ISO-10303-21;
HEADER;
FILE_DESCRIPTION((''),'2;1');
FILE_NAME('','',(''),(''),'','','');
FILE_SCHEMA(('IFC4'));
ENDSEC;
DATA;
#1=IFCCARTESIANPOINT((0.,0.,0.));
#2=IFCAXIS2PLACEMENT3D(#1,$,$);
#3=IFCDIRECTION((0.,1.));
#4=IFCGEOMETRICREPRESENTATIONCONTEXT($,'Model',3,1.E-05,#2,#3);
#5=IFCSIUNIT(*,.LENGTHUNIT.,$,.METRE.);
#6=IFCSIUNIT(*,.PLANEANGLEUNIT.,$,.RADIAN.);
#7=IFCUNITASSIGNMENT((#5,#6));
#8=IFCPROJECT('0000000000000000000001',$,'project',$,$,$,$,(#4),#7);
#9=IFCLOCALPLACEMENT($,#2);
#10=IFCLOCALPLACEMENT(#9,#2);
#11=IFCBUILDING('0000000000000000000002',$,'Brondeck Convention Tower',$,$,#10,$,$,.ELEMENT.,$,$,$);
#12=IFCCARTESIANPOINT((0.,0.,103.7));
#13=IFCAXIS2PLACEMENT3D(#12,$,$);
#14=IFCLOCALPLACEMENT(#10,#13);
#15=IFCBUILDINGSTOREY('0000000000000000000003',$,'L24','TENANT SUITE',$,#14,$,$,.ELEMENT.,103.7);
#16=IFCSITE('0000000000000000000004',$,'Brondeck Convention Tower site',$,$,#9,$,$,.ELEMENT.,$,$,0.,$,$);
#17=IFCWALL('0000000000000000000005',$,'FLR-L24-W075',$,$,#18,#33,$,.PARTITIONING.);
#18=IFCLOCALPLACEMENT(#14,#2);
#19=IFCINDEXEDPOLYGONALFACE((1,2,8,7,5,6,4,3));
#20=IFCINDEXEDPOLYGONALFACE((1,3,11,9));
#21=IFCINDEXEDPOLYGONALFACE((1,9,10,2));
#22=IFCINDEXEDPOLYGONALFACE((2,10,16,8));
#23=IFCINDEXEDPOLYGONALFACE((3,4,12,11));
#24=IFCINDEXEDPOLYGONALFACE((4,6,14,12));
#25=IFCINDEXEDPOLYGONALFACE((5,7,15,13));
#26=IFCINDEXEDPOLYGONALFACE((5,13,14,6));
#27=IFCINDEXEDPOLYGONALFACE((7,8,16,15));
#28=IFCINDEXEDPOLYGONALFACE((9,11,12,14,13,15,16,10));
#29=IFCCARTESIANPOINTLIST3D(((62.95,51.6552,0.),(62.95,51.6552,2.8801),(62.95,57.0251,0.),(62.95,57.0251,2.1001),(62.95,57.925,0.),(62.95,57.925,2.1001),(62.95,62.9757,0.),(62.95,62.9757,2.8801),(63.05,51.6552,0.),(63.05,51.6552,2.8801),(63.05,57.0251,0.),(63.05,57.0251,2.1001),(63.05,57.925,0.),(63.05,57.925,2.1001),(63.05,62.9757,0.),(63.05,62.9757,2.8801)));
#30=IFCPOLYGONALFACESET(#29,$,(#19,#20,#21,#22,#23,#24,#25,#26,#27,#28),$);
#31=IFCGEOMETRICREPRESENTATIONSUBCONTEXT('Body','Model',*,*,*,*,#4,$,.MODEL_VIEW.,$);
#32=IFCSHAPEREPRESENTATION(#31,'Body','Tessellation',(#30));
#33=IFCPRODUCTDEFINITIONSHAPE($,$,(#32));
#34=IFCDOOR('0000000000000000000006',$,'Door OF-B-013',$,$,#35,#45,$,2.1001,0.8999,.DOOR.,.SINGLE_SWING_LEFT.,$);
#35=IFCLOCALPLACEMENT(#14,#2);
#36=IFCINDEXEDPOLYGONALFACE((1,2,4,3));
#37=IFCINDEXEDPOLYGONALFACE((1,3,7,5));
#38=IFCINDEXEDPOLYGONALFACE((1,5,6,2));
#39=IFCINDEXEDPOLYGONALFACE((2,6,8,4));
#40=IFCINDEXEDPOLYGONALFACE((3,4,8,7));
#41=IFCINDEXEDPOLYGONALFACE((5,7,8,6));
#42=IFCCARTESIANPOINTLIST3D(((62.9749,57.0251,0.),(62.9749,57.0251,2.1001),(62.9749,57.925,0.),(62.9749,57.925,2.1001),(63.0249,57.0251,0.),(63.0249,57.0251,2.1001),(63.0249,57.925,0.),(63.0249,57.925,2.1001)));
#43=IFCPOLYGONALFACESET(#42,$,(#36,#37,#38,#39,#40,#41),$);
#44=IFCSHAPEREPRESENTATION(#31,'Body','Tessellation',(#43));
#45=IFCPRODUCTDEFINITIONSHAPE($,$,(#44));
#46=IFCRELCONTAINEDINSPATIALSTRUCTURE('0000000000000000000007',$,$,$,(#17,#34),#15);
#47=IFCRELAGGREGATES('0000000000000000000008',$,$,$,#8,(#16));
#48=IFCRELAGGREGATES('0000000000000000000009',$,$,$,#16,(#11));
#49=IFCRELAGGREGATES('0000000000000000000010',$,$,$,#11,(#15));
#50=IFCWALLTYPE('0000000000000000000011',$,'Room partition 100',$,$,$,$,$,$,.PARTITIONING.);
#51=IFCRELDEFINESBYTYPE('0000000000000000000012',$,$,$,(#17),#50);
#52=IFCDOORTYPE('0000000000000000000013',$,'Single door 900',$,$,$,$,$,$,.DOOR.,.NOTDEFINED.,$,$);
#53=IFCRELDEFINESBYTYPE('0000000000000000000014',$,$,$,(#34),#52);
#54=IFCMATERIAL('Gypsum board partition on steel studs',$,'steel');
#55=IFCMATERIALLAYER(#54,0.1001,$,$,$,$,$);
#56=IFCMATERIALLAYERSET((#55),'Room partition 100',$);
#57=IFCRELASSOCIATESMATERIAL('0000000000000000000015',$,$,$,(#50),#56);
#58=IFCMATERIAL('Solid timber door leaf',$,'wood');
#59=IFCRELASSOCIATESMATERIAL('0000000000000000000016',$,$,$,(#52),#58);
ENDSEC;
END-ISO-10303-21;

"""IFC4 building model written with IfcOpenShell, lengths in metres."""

from ifc_helpers import new_model, si_unit, direction, frame, frame_2d, origin, place, context, subcontext, project, spatial, rectangle, extrude, material, layer, layer_set, type_object, element, fill, save


model = new_model("IFC4")

# Units and contexts
model_context = context("Model", 3, precision=1e-05, world=origin(), true_north=direction((0.0, 1.0)))
body_context = subcontext(model_context, "Body", "Model", "MODEL_VIEW")
ifc_project = project(units=[si_unit("LENGTHUNIT", "METRE"), si_unit("PLANEANGLEUNIT", "RADIAN")], contexts=[model_context])

# Site, building, storey
site_placement = place(None, origin())
site = spatial("IfcSite", under=ifc_project, at=site_placement, Name="Brondeck Convention Tower site", CompositionType="ELEMENT", RefElevation=0.0)
building_placement = place(site_placement, origin())
building = spatial("IfcBuilding", under=site, at=building_placement, Name="Brondeck Convention Tower", CompositionType="ELEMENT")
storey_placement = place(building_placement, frame((0.0, 0.0, 103.7)))
storey = spatial("IfcBuildingStorey", under=building, at=storey_placement, Name="L24", Description="TENANT SUITE", CompositionType="ELEMENT", Elevation=103.7)

# Wall, opening, door
ifc_material_1 = material(Name="Gypsum board partition on steel studs", Category="steel")
ifc_layer_1 = layer(ifc_material_1, 0.1001)
ifc_layer_set_1 = layer_set([ifc_layer_1], Name="Room partition 100")
wall_type_1 = type_object("IfcWallType", Name="Room partition 100", PredefinedType="PARTITIONING", material=ifc_layer_set_1)
wall_1_placement = place(storey_placement, frame((63.0, 62.9756, 0.0), z_axis=(0.0, 0.0, 1.0), x_axis=(0.0, -1.0, 0.0)))
wall_1 = element("IfcWall", 1, at=wall_1_placement, inside=storey, type_object=wall_type_1, Name="FLR-L24-W075", PredefinedType="PARTITIONING", context=body_context, shape_type="SweptSolid", body=[
    extrude(rectangle(XDim=11.3206, YDim=0.1001, at=frame_2d((5.6602, 0.0))), origin(), (0.0, 0.0, 1.0), 2.8801),
])
opening_1_placement = place(wall_1_placement, frame((5.0505, 0.0, 0.0)))
opening_1 = element("IfcOpeningElement", 2, at=opening_1_placement, cuts=wall_1, PredefinedType="OPENING", context=body_context, shape_type="SweptSolid", body=[
    extrude(rectangle(XDim=0.8999, YDim=2.1001, at=frame_2d((0.45, 1.05))), frame((0.0, 0.0601, 0.0), z_axis=(0.0, -1.0, 0.0), x_axis=(1.0, 0.0, 0.0)), (0.0, 0.0, 1.0), 0.1201),
])
ifc_material_2 = material(Name="Solid timber door leaf", Category="wood")
door_type = type_object("IfcDoorType", Name="Single door 900", OperationType="NOTDEFINED", PredefinedType="DOOR", material=ifc_material_2)
door_placement = place(opening_1_placement, origin())
door = element("IfcDoor", 3, at=door_placement, inside=storey, type_object=door_type, Name="Door OF-B-013", OperationType="SINGLE_SWING_LEFT", OverallHeight=2.1001, OverallWidth=0.8999, PredefinedType="DOOR", context=body_context, shape_type="SweptSolid", body=[
    extrude(rectangle(XDim=0.8999, YDim=2.1001, at=frame_2d((0.45, 1.05))), frame((0.0, 0.0249, 0.0), z_axis=(0.0, -1.0, 0.0), x_axis=(1.0, 0.0, 0.0)), (0.0, 0.0, 1.0), 0.05),
])
fill(opening_1, door)

save(model, "model.ifc")
